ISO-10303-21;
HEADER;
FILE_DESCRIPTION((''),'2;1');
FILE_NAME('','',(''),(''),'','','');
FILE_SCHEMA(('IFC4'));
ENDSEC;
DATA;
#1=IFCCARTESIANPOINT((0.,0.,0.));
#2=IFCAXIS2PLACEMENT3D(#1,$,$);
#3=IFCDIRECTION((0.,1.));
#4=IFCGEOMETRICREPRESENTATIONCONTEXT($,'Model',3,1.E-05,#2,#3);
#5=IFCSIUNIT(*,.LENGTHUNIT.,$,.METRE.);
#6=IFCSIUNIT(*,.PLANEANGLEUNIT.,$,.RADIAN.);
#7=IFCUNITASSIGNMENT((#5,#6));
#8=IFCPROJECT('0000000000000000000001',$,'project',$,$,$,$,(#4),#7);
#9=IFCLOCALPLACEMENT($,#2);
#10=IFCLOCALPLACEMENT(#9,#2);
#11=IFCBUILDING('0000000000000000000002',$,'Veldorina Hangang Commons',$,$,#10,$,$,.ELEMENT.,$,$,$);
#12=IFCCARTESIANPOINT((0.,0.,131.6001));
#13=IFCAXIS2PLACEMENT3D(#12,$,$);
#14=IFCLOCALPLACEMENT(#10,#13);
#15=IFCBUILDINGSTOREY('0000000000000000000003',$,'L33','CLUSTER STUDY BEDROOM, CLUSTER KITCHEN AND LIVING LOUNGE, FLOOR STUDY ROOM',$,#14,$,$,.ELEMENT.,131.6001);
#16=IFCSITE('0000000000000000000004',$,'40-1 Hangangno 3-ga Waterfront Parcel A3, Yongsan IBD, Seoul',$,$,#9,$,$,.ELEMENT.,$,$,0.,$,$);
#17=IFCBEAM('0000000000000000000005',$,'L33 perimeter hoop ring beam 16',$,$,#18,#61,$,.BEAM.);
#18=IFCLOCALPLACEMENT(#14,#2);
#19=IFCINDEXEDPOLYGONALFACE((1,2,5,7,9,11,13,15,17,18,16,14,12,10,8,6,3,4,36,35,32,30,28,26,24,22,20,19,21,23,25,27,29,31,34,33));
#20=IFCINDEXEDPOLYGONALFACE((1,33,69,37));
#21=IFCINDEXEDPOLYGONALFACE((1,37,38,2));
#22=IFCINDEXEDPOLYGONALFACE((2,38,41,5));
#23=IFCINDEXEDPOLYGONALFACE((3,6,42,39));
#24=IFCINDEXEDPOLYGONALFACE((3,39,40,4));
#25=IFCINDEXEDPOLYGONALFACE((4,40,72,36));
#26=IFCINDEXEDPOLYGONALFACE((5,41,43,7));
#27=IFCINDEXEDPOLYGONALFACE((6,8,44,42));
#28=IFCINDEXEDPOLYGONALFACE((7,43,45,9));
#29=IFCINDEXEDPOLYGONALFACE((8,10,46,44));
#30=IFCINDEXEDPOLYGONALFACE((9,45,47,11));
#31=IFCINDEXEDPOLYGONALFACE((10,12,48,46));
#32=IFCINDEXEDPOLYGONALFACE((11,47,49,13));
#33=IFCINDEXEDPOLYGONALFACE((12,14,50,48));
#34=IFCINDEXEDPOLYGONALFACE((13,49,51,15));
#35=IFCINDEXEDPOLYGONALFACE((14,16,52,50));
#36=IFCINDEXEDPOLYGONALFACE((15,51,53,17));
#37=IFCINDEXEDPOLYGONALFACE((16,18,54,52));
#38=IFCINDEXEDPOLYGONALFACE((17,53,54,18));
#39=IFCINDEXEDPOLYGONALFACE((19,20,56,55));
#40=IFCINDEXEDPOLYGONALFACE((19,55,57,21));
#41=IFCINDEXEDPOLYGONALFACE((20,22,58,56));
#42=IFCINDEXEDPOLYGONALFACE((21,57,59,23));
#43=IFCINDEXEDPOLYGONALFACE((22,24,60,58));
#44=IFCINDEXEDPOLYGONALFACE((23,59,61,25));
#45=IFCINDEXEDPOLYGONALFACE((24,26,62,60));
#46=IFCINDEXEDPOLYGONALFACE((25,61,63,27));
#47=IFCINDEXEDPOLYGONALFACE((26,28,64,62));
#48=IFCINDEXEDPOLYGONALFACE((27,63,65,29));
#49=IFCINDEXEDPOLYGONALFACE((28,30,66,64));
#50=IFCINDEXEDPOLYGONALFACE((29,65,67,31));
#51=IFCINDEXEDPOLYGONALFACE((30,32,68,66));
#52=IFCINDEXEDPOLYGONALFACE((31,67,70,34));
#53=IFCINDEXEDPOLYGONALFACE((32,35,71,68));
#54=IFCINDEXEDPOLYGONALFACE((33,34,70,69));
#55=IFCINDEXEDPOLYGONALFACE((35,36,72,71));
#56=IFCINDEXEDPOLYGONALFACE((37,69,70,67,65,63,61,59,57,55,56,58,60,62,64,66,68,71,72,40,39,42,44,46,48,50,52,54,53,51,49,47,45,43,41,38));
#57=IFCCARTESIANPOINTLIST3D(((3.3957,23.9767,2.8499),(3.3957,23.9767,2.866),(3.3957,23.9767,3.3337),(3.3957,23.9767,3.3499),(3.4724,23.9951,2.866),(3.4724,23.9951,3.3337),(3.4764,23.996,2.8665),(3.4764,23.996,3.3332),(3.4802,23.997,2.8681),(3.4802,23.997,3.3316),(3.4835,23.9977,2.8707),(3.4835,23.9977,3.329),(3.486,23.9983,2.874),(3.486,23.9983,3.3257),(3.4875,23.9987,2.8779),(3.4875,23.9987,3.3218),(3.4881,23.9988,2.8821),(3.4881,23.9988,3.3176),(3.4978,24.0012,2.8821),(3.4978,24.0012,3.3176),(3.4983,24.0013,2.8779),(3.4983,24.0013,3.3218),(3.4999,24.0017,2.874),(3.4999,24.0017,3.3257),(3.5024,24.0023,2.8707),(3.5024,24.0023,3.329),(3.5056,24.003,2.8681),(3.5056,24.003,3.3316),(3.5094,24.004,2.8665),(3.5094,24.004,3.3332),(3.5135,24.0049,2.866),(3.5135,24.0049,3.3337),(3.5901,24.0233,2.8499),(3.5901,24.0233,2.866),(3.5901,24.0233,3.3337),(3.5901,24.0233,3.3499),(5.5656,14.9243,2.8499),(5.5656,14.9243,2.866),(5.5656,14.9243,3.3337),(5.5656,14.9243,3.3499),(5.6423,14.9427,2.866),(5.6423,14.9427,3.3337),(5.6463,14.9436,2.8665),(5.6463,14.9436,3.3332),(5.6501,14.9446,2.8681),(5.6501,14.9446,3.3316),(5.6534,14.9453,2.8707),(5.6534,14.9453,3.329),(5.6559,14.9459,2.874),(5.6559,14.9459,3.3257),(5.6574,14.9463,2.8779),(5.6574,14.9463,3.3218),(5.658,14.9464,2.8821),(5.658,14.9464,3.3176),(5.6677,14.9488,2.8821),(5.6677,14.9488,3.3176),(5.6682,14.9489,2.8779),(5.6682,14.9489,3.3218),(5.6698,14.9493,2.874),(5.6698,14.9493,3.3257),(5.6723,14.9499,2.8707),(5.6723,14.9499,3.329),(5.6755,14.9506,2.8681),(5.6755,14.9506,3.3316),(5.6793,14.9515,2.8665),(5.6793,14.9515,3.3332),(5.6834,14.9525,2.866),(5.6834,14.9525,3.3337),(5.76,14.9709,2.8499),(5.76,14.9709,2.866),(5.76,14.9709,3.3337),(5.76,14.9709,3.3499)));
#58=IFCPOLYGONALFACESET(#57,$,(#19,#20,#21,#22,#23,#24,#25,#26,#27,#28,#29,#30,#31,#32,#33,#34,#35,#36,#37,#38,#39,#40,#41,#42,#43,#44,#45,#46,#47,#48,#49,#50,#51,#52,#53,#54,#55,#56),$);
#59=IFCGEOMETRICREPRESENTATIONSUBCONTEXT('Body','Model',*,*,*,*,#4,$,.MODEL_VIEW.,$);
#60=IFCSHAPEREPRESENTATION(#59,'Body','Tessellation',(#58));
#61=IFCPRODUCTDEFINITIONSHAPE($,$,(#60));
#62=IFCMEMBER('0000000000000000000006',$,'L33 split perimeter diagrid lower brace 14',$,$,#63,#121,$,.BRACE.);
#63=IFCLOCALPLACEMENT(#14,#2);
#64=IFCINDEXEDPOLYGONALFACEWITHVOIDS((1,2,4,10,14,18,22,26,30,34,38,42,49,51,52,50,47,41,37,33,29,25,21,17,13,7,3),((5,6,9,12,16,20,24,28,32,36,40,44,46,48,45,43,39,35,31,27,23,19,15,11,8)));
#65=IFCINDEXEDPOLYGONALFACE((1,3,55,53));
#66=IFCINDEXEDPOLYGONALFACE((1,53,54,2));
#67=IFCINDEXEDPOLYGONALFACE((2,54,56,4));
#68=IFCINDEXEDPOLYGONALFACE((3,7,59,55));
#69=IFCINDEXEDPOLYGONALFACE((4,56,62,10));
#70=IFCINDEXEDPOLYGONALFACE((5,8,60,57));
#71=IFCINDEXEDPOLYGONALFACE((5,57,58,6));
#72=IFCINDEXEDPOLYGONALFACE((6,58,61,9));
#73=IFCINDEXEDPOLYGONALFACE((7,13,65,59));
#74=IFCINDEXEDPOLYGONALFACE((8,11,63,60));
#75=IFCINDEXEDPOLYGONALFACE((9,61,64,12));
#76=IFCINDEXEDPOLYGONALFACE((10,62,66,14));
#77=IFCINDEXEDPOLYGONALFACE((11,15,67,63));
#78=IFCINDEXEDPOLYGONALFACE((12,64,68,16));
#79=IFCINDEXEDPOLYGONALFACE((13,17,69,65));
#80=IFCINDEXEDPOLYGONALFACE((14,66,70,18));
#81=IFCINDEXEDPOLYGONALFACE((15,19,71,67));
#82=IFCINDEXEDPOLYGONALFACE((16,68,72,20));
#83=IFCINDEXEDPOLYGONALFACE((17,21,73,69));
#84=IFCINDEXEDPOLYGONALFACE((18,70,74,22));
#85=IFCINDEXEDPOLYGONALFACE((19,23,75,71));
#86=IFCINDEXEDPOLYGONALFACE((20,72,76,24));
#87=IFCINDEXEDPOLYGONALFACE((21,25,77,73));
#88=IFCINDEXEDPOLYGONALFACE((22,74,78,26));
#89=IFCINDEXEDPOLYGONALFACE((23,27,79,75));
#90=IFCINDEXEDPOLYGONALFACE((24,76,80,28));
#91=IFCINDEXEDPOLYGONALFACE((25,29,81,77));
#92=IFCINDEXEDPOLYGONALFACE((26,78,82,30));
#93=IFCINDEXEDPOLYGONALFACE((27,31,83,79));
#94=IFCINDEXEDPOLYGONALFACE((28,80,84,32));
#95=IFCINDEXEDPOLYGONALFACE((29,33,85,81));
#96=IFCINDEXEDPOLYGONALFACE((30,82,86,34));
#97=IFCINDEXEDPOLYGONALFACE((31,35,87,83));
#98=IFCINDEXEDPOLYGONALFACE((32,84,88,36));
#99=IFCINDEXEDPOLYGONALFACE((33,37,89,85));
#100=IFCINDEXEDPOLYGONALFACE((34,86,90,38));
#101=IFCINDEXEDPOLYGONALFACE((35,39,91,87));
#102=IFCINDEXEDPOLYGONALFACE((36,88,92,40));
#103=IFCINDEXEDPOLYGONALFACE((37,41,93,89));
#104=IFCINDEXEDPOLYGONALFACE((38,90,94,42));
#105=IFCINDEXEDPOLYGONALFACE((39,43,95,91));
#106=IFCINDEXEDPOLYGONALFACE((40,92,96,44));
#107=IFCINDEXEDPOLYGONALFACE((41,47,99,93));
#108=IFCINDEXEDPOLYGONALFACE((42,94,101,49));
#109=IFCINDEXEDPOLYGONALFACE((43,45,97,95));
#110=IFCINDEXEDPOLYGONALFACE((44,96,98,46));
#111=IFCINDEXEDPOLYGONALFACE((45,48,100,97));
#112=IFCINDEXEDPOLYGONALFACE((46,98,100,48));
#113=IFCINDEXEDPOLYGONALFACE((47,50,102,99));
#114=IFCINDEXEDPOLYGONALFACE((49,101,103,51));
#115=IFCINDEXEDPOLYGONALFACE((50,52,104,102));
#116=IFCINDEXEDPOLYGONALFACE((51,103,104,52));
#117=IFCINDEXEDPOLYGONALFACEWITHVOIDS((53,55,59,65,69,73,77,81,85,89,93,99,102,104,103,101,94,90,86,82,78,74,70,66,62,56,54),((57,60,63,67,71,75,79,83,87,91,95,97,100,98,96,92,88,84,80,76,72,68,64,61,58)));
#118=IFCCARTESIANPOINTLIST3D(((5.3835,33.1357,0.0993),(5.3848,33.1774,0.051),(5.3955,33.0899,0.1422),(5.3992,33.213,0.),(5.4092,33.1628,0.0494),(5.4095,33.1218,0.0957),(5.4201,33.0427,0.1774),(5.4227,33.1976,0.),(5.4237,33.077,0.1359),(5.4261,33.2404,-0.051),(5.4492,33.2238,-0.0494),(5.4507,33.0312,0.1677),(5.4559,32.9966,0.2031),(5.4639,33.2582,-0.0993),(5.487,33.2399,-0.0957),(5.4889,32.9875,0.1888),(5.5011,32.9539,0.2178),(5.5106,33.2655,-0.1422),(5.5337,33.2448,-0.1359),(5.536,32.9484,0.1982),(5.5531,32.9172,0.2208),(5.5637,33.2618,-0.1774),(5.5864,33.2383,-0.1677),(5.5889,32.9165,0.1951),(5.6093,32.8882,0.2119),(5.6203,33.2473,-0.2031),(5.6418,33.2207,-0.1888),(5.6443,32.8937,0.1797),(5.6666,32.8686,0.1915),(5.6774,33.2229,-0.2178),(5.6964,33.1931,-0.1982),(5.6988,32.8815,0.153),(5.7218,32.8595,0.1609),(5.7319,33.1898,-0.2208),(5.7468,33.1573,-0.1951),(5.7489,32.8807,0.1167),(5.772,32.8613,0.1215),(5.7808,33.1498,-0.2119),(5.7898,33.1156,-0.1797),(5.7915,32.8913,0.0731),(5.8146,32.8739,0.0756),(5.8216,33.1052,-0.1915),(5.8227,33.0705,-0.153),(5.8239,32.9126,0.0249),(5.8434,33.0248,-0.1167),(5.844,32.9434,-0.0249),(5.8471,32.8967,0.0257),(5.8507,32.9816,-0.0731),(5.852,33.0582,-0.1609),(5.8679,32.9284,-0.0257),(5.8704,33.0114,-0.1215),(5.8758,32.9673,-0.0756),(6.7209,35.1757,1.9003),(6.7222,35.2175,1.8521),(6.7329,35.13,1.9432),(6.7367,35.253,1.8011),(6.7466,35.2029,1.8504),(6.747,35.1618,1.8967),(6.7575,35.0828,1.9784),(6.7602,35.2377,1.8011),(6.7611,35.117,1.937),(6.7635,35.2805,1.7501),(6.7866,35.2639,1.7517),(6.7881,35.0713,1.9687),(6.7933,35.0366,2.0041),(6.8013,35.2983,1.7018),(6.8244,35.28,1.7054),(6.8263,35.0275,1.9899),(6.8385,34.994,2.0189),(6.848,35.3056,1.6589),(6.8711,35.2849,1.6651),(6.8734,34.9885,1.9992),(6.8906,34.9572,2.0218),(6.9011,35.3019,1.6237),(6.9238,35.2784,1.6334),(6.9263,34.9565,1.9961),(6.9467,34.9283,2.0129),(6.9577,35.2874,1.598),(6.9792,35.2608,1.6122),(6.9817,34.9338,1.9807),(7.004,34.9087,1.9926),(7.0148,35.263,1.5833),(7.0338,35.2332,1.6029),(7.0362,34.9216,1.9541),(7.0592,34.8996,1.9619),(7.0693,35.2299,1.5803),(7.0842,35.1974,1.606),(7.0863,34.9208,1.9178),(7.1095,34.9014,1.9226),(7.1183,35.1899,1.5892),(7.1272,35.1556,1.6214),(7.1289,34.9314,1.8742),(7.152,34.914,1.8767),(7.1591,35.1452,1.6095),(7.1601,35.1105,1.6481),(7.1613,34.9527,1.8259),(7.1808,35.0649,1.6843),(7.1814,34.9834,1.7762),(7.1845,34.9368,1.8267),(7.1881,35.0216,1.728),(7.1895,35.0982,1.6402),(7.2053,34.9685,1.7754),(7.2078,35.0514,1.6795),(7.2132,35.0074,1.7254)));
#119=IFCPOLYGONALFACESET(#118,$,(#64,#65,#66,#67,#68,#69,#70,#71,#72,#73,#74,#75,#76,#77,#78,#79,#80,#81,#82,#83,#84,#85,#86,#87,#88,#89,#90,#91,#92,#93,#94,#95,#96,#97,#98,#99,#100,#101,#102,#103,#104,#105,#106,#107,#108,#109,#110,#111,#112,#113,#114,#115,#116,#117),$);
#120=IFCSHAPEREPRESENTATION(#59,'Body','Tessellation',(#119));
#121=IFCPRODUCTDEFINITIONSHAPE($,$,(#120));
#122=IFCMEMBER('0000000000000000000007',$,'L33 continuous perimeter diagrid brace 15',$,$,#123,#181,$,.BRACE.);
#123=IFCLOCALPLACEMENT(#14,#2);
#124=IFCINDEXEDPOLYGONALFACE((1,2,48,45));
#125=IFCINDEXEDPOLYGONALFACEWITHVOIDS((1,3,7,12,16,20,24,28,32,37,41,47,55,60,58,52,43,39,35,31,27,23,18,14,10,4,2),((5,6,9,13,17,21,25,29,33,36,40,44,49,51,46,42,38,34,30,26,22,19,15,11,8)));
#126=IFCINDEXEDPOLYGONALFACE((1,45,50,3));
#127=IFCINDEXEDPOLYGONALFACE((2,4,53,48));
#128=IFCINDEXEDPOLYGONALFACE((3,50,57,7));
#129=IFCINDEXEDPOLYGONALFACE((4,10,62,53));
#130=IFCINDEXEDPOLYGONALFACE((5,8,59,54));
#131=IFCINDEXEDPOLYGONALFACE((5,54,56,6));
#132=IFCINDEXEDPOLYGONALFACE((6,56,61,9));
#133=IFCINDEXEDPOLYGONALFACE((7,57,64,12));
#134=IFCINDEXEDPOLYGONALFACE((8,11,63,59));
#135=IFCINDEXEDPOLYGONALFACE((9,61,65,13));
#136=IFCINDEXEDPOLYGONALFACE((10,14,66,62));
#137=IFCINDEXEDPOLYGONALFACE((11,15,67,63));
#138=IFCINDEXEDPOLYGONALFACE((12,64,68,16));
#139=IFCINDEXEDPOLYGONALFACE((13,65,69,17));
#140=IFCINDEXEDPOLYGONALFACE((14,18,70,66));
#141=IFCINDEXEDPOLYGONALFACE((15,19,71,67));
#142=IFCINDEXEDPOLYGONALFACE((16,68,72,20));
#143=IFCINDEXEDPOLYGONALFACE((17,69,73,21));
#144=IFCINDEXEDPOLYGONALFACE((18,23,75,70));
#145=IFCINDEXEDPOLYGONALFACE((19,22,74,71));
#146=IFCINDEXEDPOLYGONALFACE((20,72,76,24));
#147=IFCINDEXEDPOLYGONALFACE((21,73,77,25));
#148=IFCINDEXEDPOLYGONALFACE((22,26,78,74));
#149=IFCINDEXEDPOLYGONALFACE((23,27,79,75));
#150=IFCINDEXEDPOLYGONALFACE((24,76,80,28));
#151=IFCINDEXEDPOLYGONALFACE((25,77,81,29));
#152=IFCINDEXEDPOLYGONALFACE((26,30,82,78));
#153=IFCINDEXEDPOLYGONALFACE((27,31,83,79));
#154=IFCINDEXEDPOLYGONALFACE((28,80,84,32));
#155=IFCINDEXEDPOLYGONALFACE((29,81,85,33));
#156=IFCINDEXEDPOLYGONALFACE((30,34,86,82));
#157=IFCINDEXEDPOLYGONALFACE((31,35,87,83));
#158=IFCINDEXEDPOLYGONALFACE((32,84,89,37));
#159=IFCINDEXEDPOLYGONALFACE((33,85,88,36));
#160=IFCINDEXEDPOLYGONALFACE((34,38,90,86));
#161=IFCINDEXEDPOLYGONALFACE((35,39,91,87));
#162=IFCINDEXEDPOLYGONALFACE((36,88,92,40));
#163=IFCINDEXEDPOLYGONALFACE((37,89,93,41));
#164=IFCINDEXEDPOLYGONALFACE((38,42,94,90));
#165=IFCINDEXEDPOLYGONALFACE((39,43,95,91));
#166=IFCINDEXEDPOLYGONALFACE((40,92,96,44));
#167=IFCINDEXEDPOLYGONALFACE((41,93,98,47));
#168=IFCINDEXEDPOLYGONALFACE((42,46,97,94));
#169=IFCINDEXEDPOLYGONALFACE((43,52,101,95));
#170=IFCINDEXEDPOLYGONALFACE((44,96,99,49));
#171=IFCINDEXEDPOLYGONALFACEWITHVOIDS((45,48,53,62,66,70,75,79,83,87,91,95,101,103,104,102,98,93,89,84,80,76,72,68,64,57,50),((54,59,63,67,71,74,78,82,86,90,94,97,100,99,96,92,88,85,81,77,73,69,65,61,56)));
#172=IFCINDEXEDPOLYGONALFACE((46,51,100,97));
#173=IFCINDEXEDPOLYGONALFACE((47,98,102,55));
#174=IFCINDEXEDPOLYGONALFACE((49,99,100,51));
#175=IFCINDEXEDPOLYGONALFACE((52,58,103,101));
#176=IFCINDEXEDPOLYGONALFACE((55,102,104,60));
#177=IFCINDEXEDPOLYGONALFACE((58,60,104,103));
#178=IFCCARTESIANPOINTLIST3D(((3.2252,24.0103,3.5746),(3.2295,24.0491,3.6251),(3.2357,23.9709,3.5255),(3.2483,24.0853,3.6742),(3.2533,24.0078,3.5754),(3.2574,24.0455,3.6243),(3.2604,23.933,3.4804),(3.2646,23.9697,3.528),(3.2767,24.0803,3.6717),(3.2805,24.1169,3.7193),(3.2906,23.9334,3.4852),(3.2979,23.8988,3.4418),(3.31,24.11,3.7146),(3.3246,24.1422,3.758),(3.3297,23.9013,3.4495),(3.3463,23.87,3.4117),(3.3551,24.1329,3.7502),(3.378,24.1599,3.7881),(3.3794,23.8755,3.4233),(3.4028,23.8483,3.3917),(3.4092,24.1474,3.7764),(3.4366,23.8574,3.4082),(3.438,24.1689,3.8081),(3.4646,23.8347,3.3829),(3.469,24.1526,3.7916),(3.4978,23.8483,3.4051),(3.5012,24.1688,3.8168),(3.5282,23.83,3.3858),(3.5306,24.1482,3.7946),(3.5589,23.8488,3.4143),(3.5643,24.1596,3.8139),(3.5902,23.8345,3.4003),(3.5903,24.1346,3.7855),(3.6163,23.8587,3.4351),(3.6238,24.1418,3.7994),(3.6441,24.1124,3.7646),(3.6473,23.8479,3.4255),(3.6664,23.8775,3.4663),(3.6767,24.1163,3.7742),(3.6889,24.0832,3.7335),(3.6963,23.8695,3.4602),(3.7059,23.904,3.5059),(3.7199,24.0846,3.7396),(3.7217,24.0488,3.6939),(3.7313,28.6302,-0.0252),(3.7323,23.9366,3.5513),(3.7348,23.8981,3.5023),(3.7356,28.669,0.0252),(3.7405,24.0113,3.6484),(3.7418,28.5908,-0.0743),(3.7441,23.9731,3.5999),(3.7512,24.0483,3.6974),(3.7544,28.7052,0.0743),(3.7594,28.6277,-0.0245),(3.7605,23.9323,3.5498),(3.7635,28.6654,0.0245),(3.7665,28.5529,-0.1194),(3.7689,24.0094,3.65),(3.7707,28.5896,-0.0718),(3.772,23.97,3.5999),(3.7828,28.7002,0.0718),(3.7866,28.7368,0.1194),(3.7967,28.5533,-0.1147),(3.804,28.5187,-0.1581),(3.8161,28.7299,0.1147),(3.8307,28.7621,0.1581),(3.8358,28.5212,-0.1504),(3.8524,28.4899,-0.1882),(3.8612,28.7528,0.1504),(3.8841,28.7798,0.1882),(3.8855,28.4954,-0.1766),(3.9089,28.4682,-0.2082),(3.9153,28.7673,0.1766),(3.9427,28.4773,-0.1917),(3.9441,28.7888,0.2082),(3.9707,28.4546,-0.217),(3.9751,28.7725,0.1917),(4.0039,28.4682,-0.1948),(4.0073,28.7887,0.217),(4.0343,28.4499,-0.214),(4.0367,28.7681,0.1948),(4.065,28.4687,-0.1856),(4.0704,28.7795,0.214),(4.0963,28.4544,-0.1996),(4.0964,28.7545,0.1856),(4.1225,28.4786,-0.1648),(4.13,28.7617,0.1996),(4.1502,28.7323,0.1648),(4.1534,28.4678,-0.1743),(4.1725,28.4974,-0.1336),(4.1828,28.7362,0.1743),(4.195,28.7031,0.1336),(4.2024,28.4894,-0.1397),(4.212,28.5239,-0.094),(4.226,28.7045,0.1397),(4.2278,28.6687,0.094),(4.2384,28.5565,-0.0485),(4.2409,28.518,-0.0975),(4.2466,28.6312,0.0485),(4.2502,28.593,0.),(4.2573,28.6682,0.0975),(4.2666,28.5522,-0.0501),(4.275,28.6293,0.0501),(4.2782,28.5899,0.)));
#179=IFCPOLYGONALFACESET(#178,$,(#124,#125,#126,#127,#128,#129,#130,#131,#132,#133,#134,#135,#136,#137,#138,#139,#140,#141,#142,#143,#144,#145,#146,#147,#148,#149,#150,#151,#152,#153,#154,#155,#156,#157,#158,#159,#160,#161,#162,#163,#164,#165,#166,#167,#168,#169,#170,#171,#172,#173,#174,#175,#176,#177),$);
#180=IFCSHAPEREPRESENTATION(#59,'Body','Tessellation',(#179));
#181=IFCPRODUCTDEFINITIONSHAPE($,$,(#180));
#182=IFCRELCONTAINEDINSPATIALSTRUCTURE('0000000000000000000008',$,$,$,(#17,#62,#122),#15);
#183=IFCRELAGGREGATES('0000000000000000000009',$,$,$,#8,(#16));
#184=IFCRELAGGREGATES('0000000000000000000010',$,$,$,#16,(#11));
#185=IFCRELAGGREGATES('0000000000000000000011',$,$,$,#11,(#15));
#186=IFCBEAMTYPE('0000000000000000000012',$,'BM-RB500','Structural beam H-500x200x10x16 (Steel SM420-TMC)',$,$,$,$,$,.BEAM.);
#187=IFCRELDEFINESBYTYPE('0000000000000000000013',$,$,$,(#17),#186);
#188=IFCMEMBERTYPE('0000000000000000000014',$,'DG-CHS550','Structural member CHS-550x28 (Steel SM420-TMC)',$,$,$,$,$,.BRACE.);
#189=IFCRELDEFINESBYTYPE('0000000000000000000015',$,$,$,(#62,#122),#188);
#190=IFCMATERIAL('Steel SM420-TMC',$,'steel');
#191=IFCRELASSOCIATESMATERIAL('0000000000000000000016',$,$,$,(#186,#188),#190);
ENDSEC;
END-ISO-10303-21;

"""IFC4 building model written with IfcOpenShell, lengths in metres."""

from ifc_helpers import new_model, si_unit, direction, frame, origin, origin_2d, place, context, subcontext, project, spatial, hollow_circle, i_section, extrude, material, material_profile, profile_set, type_object, element, save


model = new_model("IFC4")

# Units and contexts
model_context = context("Model", 3, precision=1e-05, world=origin(), true_north=direction((0.0, 1.0)))
body_context = subcontext(model_context, "Body", "Model", "MODEL_VIEW")
ifc_project = project(units=[si_unit("LENGTHUNIT", "METRE"), si_unit("PLANEANGLEUNIT", "RADIAN")], contexts=[model_context])

# Site, building, storey
site_placement = place(None, origin())
site = spatial("IfcSite", under=ifc_project, at=site_placement, Name="40-1 Hangangno 3-ga Waterfront Parcel A3, Yongsan IBD, Seoul", CompositionType="ELEMENT", RefElevation=0.0)
building_placement = place(site_placement, origin())
building = spatial("IfcBuilding", under=site, at=building_placement, Name="Veldorina Hangang Commons", CompositionType="ELEMENT")
storey_placement = place(building_placement, frame((0.0, 0.0, 131.6001)))
storey = spatial("IfcBuildingStorey", under=building, at=storey_placement, Name="L33", Description="CLUSTER STUDY BEDROOM, CLUSTER KITCHEN AND LIVING LOUNGE, FLOOR STUDY ROOM", CompositionType="ELEMENT", Elevation=131.6001)

# Beam
ifc_material_1 = material(Name="Steel SM420-TMC", Category="steel")
ifc_material_profile_1 = material_profile(ifc_material_1, i_section(OverallWidth=0.2, OverallDepth=0.5, WebThickness=0.01, FlangeThickness=0.0161, FilletRadius=0.0161, at=origin_2d()), Name="H-500x200x10x16")
ifc_profile_set_1 = profile_set([ifc_material_profile_1], Name="Steel SM420-TMC")
beam_type_1 = type_object("IfcBeamType", Name="BM-RB500", Description="Structural beam H-500x200x10x16 (Steel SM420-TMC)", PredefinedType="BEAM", material=ifc_profile_set_1)
for number, where, z_axis, x_axis, name in (
    (1, (3.4929, 24.0, 3.0999), (0.233101, -0.972452, 0.0), (0.972452, 0.233101, 0.0), "L33 perimeter hoop ring beam 16"),
):
    element("IfcBeam", number, at=place(storey_placement, frame(where, z_axis=z_axis, x_axis=x_axis)), inside=storey, type_object=beam_type_1, Name=name, PredefinedType="BEAM", context=body_context, shape_type="SweptSolid", body=[
        extrude(i_section(OverallWidth=0.2, OverallDepth=0.5, WebThickness=0.01, FlangeThickness=0.0161, FilletRadius=0.0161, at=origin_2d()), origin(), (0.0, 0.0, 1.0), 9.3088),
    ])

# Members
ifc_material_profile_2 = material_profile(ifc_material_1, hollow_circle(Radius=0.2749, WallThickness=0.0281, at=origin_2d()), Name="CHS-550x28")
ifc_profile_set_2 = profile_set([ifc_material_profile_2], Name="Steel SM420-TMC")
member_type = type_object("IfcMemberType", Name="DG-CHS550", Description="Structural member CHS-550x28 (Steel SM420-TMC)", PredefinedType="BRACE", material=ifc_profile_set_2)
member_1_placement = place(storey_placement, frame((5.6292, 33.0623, 0.0), z_axis=(0.44107, 0.672797, 0.593971), x_axis=(-0.836306, 0.548263, 0.0)))
element("IfcMember", 2, at=member_1_placement, inside=storey, type_object=member_type, Name="L33 split perimeter diagrid lower brace 14", PredefinedType="BRACE", context=body_context, shape_type="SweptSolid", body=[
    extrude(hollow_circle(Radius=0.2749, WallThickness=0.0281, at=origin_2d()), origin(), (0.0, 0.0, 1.0), 3.0322),
])
member_2_placement = place(storey_placement, frame((4.0049, 28.6199, 0.0), z_axis=(-0.086092, -0.785876, 0.612362), x_axis=(0.994053, -0.108898, 0.0)))
element("IfcMember", 3, at=member_2_placement, inside=storey, type_object=member_type, Name="L33 continuous perimeter diagrid brace 15", PredefinedType="BRACE", context=body_context, shape_type="SweptSolid", body=[
    extrude(hollow_circle(Radius=0.2749, WallThickness=0.0281, at=origin_2d()), origin(), (0.0, 0.0, 1.0), 5.8787),
])

save(model, "model.ifc")
